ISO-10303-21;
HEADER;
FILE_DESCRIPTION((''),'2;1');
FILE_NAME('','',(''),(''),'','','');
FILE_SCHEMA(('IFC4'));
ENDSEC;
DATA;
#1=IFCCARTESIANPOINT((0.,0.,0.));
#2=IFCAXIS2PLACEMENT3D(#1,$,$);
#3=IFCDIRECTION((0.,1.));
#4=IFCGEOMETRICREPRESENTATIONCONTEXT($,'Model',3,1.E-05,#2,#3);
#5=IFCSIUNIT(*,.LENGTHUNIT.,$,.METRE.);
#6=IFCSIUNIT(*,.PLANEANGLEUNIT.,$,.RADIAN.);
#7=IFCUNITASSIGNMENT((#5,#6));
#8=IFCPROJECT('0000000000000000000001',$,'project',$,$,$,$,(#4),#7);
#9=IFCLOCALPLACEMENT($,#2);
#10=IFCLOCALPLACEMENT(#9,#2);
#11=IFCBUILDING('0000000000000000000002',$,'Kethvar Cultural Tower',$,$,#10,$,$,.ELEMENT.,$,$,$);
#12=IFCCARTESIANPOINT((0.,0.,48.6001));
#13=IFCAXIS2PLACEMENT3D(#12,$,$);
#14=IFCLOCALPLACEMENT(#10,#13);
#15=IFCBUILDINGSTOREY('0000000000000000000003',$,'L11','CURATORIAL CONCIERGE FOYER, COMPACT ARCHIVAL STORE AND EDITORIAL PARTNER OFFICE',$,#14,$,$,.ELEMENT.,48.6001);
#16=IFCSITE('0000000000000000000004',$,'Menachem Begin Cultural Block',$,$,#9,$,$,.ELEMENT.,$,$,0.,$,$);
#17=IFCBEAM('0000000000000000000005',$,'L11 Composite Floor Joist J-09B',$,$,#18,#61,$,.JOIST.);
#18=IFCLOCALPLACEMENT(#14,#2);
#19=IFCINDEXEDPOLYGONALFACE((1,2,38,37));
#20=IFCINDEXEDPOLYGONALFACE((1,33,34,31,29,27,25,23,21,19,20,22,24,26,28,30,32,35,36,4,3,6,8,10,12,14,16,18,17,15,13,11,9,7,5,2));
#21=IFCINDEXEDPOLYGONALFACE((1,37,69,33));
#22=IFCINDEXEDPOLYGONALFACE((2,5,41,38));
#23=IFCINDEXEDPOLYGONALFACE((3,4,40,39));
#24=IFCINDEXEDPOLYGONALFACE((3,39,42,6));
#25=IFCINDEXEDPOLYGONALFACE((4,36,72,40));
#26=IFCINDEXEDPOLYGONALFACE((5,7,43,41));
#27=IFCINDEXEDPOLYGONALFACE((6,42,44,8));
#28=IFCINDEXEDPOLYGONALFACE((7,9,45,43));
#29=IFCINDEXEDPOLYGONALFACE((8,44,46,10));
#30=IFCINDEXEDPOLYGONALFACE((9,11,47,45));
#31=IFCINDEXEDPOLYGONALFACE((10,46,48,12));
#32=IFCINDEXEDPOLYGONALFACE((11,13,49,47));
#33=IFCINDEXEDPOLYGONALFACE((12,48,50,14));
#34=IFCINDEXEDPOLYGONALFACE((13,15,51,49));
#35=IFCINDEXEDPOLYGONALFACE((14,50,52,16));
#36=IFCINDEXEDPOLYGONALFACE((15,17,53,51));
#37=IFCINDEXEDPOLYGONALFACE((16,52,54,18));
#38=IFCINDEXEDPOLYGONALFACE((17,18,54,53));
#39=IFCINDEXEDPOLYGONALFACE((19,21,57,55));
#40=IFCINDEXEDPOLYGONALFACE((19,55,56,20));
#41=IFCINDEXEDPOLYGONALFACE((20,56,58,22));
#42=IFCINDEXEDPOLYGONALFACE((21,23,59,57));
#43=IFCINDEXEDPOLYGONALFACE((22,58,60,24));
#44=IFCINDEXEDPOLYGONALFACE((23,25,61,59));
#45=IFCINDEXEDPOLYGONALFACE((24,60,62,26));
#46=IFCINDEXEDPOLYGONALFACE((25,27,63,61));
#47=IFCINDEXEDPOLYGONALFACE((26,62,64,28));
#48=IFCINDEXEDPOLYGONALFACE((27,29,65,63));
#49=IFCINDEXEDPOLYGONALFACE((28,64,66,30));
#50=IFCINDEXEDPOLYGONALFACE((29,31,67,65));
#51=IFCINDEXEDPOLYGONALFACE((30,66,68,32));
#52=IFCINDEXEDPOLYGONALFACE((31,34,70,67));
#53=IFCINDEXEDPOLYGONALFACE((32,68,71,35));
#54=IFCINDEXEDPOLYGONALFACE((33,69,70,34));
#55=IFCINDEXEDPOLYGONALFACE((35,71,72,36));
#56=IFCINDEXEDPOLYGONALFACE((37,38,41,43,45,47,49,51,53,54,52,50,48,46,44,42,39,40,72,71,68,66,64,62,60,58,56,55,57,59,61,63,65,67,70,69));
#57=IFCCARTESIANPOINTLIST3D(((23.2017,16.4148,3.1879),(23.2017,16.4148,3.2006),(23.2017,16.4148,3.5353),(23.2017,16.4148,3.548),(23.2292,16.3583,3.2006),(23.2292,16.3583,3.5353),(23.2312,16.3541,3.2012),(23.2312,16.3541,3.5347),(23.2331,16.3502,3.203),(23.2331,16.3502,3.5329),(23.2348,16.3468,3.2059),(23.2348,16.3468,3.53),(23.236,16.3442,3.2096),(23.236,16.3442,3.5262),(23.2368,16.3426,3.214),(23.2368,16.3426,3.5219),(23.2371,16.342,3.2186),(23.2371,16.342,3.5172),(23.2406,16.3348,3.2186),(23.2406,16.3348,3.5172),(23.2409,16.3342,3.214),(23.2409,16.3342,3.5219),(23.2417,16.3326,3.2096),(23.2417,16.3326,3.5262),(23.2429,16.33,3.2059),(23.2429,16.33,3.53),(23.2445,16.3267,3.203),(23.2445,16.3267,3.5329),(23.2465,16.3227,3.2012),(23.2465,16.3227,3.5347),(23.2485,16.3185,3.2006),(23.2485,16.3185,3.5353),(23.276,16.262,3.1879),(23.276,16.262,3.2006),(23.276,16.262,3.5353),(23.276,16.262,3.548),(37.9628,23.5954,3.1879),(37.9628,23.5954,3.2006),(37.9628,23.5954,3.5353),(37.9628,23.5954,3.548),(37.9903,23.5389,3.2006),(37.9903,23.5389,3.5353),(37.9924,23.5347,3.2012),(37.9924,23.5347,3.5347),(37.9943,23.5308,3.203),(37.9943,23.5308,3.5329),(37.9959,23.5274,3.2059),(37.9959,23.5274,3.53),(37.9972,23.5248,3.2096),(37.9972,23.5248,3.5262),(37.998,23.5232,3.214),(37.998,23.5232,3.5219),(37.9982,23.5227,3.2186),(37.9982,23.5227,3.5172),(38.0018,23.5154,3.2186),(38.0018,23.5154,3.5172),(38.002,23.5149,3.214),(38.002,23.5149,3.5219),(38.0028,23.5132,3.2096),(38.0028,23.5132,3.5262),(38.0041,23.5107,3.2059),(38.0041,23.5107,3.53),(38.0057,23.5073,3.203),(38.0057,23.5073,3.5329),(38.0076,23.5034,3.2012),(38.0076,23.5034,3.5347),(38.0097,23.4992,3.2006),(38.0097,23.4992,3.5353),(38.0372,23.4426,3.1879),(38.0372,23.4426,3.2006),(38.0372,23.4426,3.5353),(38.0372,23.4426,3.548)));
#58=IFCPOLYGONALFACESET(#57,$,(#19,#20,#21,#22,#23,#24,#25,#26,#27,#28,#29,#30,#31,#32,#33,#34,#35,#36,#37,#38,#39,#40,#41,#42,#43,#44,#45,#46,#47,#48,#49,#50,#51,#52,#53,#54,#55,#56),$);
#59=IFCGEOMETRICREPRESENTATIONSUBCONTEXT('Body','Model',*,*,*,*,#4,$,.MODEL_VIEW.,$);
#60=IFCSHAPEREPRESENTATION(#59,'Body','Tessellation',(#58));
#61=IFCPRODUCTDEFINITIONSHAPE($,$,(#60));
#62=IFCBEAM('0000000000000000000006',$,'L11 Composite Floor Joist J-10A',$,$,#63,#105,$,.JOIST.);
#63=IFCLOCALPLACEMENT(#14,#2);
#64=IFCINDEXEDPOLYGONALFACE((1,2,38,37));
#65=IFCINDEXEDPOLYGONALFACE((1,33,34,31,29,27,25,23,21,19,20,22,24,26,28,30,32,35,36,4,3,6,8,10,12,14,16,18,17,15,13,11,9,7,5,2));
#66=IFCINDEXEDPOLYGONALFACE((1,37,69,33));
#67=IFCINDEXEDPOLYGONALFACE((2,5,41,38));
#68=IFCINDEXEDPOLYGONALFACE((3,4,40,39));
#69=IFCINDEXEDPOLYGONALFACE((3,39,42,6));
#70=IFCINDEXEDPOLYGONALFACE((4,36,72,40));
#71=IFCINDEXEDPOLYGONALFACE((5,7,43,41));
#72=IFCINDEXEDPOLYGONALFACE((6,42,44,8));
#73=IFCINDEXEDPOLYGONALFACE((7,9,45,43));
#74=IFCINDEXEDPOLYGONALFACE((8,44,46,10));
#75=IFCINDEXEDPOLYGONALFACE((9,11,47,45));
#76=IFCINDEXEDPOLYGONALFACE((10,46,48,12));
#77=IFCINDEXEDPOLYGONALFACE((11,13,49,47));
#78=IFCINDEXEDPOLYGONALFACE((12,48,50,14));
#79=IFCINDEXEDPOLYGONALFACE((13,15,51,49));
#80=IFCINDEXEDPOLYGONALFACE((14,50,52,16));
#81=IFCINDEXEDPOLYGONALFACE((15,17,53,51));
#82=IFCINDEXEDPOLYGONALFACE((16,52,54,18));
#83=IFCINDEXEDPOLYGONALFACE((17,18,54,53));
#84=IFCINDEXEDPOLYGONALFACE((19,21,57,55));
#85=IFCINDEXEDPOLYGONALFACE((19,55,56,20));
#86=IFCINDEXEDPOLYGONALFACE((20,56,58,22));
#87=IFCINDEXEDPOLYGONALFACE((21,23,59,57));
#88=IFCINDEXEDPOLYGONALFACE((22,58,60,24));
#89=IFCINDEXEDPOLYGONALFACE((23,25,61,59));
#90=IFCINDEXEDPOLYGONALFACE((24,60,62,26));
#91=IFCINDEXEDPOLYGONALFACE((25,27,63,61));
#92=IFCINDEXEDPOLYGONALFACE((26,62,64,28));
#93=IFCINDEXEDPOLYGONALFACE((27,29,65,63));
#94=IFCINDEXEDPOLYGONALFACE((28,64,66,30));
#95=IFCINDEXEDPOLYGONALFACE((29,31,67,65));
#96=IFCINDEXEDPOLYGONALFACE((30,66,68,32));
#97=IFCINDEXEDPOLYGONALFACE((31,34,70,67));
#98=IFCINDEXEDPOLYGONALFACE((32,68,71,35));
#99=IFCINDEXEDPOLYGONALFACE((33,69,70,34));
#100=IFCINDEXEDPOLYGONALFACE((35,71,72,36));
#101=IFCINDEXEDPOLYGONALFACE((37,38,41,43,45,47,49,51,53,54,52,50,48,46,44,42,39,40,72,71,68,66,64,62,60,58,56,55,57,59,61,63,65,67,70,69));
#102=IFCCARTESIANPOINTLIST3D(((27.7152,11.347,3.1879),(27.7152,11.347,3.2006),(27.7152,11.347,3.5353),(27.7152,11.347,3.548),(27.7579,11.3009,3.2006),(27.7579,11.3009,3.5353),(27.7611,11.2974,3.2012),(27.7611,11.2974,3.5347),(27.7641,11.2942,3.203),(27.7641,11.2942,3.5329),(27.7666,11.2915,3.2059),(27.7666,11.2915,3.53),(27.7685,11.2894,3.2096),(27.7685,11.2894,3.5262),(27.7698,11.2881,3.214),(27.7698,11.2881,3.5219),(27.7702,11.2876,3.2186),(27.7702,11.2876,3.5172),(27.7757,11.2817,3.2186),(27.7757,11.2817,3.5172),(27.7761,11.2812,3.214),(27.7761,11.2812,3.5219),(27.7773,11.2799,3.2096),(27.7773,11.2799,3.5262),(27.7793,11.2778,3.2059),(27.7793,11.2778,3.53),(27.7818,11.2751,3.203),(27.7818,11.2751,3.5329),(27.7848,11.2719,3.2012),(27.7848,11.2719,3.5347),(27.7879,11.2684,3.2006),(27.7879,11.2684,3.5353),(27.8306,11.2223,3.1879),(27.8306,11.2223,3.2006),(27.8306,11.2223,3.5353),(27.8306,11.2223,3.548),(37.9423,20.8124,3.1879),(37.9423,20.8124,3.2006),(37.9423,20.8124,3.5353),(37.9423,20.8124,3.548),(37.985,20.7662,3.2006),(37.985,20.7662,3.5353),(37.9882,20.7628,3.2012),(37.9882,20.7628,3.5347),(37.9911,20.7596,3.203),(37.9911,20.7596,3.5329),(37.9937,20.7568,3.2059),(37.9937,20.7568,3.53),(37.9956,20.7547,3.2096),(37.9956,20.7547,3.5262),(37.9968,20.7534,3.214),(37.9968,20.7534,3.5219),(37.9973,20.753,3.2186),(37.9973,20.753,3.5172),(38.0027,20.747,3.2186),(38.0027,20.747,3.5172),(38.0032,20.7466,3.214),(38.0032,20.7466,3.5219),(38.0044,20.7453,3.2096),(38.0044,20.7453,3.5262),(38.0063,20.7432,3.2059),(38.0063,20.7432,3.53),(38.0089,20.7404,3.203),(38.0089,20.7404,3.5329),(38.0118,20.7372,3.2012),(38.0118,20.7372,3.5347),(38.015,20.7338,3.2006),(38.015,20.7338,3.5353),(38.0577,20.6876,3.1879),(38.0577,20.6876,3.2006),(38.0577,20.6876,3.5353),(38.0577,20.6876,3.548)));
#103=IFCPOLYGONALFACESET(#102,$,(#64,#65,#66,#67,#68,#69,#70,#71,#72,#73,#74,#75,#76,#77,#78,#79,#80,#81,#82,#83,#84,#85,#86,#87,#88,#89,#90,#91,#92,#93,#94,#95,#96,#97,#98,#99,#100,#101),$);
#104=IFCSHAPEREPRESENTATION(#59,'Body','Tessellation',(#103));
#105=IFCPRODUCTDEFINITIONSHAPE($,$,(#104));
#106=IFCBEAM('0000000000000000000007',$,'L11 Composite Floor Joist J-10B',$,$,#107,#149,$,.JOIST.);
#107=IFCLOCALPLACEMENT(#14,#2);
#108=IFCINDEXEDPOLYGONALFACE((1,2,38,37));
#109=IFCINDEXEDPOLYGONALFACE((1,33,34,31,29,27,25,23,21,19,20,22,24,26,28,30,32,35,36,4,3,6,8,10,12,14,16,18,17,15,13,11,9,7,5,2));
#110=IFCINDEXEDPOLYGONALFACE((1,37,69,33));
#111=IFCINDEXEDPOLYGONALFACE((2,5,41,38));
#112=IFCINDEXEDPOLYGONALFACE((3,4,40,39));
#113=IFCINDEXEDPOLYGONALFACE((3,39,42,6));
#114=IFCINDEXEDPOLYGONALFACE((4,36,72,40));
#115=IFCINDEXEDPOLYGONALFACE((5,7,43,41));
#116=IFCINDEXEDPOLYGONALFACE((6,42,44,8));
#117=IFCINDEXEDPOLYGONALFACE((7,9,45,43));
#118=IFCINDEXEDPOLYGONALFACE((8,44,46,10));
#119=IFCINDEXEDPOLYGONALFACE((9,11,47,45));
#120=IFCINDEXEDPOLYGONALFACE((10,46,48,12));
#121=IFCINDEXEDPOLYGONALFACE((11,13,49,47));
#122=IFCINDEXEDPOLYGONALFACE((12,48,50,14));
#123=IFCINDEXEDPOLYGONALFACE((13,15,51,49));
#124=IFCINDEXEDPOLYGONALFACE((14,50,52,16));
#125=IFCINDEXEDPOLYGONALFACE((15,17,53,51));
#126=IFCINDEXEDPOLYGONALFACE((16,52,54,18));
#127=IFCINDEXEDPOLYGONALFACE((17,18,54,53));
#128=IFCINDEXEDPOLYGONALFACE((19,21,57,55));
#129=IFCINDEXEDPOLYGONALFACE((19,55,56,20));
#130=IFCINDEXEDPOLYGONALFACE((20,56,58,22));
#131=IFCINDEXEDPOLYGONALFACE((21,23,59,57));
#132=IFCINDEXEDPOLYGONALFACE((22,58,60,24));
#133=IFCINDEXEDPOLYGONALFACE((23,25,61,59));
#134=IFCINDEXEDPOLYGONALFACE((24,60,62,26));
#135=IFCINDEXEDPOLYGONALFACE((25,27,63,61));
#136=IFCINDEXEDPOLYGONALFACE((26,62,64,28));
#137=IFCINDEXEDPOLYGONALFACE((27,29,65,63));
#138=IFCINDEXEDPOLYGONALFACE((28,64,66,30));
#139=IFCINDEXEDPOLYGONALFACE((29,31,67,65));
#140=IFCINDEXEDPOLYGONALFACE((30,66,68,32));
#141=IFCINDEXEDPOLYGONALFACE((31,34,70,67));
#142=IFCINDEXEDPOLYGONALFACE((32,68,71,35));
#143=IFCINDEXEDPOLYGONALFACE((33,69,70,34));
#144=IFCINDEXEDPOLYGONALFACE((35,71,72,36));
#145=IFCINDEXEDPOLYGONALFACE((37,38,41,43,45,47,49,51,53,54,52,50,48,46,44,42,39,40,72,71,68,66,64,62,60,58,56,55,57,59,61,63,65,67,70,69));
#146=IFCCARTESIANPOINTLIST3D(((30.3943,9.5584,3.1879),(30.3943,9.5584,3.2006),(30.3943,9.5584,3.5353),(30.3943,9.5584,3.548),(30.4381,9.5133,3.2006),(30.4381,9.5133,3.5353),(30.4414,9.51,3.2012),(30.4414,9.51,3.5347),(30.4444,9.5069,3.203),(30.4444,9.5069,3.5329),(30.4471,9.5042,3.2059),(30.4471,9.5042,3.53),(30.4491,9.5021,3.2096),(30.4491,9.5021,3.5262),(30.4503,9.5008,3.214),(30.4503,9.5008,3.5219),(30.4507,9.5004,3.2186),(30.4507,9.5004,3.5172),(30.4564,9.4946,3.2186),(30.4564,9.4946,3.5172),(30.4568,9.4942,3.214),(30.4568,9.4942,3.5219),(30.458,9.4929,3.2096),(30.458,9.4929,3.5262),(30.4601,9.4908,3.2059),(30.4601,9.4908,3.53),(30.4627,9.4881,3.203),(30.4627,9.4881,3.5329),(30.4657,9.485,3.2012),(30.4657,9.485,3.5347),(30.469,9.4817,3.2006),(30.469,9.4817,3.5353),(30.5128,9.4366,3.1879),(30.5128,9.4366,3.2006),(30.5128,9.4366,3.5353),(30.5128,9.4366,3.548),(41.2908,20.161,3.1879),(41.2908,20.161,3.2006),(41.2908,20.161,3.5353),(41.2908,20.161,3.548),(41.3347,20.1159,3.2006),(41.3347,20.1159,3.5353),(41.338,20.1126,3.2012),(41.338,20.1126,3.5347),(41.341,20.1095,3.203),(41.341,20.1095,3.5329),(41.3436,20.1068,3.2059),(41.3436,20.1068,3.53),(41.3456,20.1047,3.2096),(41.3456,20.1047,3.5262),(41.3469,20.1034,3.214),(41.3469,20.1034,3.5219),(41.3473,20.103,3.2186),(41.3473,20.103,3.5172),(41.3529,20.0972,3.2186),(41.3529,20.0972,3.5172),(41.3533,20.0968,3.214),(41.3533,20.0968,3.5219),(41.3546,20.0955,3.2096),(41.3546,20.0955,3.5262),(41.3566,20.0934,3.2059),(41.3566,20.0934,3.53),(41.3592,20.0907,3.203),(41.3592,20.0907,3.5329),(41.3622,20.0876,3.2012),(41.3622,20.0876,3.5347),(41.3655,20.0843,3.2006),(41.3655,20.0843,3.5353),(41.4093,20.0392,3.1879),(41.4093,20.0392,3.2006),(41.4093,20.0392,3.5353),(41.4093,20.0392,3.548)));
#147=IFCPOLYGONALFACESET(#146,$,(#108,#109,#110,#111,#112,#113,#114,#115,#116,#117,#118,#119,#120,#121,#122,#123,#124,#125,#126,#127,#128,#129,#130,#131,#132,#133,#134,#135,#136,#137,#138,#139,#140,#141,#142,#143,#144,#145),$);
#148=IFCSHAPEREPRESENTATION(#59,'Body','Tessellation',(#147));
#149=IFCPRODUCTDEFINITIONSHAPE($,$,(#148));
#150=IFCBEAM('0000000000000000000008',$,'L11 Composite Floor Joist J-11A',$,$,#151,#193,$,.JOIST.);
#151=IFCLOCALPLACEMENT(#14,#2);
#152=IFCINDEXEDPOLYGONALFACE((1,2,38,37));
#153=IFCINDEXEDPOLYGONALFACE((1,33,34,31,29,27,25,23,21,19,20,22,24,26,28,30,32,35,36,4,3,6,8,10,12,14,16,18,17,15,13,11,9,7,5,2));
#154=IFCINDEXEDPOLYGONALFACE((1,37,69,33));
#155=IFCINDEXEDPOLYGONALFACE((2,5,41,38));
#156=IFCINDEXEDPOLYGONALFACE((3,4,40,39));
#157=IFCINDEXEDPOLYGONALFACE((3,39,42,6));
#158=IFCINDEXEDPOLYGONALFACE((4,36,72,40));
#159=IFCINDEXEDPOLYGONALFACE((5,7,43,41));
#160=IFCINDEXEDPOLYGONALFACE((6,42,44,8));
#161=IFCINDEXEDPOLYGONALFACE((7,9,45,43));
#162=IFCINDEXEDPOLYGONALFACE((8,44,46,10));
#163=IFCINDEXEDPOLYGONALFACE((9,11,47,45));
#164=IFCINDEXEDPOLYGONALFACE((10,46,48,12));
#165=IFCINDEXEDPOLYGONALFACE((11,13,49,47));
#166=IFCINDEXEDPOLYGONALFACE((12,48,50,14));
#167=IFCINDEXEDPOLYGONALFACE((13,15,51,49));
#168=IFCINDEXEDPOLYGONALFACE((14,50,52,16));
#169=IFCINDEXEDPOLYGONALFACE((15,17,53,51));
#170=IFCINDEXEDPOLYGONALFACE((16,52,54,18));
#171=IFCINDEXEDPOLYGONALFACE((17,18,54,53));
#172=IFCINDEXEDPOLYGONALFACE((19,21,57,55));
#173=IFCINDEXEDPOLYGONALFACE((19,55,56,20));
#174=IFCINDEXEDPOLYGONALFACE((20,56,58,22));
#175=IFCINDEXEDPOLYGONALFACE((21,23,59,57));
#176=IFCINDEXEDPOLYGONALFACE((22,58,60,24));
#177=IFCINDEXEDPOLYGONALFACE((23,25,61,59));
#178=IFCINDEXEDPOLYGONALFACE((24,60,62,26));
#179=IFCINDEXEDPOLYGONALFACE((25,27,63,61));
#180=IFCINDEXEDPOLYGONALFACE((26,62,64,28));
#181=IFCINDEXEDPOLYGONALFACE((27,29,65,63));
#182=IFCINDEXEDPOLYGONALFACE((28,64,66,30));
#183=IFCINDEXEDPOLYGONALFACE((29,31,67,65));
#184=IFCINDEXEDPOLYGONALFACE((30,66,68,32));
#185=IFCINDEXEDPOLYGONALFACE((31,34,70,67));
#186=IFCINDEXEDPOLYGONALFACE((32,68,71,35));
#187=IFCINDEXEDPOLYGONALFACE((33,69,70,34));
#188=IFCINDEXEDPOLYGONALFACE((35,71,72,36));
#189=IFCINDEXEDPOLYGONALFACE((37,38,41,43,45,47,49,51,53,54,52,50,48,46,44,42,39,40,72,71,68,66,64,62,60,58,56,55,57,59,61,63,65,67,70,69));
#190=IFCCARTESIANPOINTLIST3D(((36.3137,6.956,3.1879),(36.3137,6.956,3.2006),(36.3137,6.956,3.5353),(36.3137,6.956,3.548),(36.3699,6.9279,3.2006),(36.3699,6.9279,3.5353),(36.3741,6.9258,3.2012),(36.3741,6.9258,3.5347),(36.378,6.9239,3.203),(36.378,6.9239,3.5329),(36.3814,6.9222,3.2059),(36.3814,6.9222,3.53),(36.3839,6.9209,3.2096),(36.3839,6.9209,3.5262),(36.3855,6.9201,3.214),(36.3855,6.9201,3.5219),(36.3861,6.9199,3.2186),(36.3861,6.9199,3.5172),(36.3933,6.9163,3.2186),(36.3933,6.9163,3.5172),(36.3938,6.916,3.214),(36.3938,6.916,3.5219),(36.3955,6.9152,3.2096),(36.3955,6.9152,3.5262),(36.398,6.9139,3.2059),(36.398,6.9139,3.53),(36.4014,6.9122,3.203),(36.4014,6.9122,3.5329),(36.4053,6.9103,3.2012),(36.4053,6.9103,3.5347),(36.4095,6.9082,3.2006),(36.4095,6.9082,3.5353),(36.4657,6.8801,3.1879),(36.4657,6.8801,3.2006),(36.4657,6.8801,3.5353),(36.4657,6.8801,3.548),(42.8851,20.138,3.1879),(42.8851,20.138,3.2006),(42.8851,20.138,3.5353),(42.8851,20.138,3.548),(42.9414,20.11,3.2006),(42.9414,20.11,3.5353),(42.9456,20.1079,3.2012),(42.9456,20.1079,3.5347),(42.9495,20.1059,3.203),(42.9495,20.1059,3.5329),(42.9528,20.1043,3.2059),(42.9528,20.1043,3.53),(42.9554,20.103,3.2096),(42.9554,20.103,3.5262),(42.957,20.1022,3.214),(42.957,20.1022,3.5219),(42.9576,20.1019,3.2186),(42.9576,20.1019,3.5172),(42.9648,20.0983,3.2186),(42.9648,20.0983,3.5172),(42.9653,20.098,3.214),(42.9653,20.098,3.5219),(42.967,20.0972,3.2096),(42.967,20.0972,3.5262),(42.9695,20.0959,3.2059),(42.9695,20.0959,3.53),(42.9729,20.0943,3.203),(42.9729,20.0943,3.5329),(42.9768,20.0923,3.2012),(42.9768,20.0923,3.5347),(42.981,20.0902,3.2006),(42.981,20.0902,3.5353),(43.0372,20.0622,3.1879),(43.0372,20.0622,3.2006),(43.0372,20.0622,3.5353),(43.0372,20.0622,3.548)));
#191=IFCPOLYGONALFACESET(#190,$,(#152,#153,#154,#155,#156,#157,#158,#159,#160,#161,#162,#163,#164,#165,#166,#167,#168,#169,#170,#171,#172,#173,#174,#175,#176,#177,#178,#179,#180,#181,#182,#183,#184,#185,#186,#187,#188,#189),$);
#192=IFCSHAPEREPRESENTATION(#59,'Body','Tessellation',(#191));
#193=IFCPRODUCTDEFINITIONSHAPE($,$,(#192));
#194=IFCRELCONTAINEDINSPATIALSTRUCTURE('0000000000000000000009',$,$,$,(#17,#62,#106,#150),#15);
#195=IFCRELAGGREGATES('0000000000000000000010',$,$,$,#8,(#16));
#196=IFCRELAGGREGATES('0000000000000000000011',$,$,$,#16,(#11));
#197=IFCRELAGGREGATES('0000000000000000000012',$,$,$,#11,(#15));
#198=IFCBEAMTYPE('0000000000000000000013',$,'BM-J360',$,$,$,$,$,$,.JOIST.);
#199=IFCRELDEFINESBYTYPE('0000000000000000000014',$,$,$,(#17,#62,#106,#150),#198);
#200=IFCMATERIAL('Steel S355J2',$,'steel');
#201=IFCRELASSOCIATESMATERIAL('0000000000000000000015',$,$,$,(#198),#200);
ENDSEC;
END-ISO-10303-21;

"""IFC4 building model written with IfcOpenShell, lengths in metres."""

from ifc_helpers import new_model, si_unit, direction, frame, origin, origin_2d, place, context, subcontext, project, spatial, i_section, extrude, source, transform, mapped, material, material_profile, profile_set, type_object, element, save


model = new_model("IFC4")

# Units and contexts
model_context = context("Model", 3, precision=1e-05, world=origin(), true_north=direction((0.0, 1.0)))
body_context = subcontext(model_context, "Body", "Model", "MODEL_VIEW")
ifc_project = project(units=[si_unit("LENGTHUNIT", "METRE"), si_unit("PLANEANGLEUNIT", "RADIAN")], contexts=[model_context])

# Site, building, storey
site_placement = place(None, origin())
site = spatial("IfcSite", under=ifc_project, at=site_placement, Name="Menachem Begin Cultural Block", CompositionType="ELEMENT", RefElevation=0.0)
building_placement = place(site_placement, origin())
building = spatial("IfcBuilding", under=site, at=building_placement, Name="Kethvar Cultural Tower", CompositionType="ELEMENT")
storey_placement = place(building_placement, frame((0.0, 0.0, 48.6001)))
storey = spatial("IfcBuildingStorey", under=building, at=storey_placement, Name="L11", Description="CURATORIAL CONCIERGE FOYER, COMPACT ARCHIVAL STORE AND EDITORIAL PARTNER OFFICE", CompositionType="ELEMENT", Elevation=48.6001)

# Beams
ifc_material_1 = material(Name="Steel S355J2", Category="steel")
ifc_material_profile_1 = material_profile(ifc_material_1, i_section(OverallWidth=0.1699, OverallDepth=0.3601, WebThickness=0.0081, FlangeThickness=0.0127, FilletRadius=0.0181, at=origin_2d()), Name="Steel S355J2 — IPE360")
ifc_profile_set_1 = profile_set([ifc_material_profile_1], Name="Steel S355J2 — IPE360")
beam_type_1 = type_object("IfcBeamType", Name="BM-J360", PredefinedType="JOIST", material=ifc_profile_set_1)
shared_shape_1 = source(origin(), body_context, "Body", "SweptSolid", [
    extrude(i_section(OverallWidth=0.1699, OverallDepth=0.3601, WebThickness=0.0081, FlangeThickness=0.0127, FilletRadius=0.0181, at=origin_2d()), origin(), (0.0, 0.0, 1.0), 16.415),
])
beam_1_placement = place(storey_placement, frame((38.0, 23.519, 3.3679), z_axis=(-0.899246, -0.437442, 0.0), x_axis=(0.437442, -0.899246, 0.0)))
element("IfcBeam", 1, at=beam_1_placement, inside=storey, type_object=beam_type_1, Name="L11 Composite Floor Joist J-09B", PredefinedType="JOIST", context=body_context, shape_type="MappedRepresentation", body=[
    mapped(shared_shape_1, transform((0.0, 0.0, 0.0), scale=1.0)),
])
shared_shape_2 = source(origin(), body_context, "Body", "SweptSolid", [
    extrude(i_section(OverallWidth=0.1699, OverallDepth=0.3601, WebThickness=0.0081, FlangeThickness=0.0127, FilletRadius=0.0181, at=origin_2d()), origin(), (0.0, 0.0, 1.0), 13.9351),
])
beam_2_placement = place(storey_placement, frame((38.0, 20.75, 3.3679), z_axis=(-0.733909, -0.679247, 0.0), x_axis=(0.679247, -0.733909, 0.0)))
element("IfcBeam", 2, at=beam_2_placement, inside=storey, type_object=beam_type_1, Name="L11 Composite Floor Joist J-10A", PredefinedType="JOIST", context=body_context, shape_type="MappedRepresentation", body=[
    mapped(shared_shape_2, transform((0.0, 0.0, 0.0), scale=1.0)),
])
shared_shape_3 = source(origin(), body_context, "Body", "SweptSolid", [
    extrude(i_section(OverallWidth=0.1699, OverallDepth=0.3601, WebThickness=0.0081, FlangeThickness=0.0127, FilletRadius=0.0181, at=origin_2d()), origin(), (0.0, 0.0, 1.0), 15.2036),
])
beam_3_placement = place(storey_placement, frame((41.3501, 20.1001, 3.3679), z_axis=(-0.716708, -0.697374, 0.0), x_axis=(0.697374, -0.716708, 0.0)))
element("IfcBeam", 3, at=beam_3_placement, inside=storey, type_object=beam_type_1, Name="L11 Composite Floor Joist J-10B", PredefinedType="JOIST", context=body_context, shape_type="MappedRepresentation", body=[
    mapped(shared_shape_3, transform((0.0, 0.0, 0.0), scale=1.0)),
])
shared_shape_4 = source(origin(), body_context, "Body", "SweptSolid", [
    extrude(i_section(OverallWidth=0.1699, OverallDepth=0.3601, WebThickness=0.0081, FlangeThickness=0.0127, FilletRadius=0.0181, at=origin_2d()), origin(), (0.0, 0.0, 1.0), 14.7292),
])
beam_4_placement = place(storey_placement, frame((42.9612, 20.1001, 3.3679), z_axis=(-0.446152, -0.894957, 0.0), x_axis=(0.894957, -0.446152, 0.0)))
element("IfcBeam", 4, at=beam_4_placement, inside=storey, type_object=beam_type_1, Name="L11 Composite Floor Joist J-11A", PredefinedType="JOIST", context=body_context, shape_type="MappedRepresentation", body=[
    mapped(shared_shape_4, transform((0.0, 0.0, 0.0), scale=1.0)),
])

save(model, "model.ifc")
